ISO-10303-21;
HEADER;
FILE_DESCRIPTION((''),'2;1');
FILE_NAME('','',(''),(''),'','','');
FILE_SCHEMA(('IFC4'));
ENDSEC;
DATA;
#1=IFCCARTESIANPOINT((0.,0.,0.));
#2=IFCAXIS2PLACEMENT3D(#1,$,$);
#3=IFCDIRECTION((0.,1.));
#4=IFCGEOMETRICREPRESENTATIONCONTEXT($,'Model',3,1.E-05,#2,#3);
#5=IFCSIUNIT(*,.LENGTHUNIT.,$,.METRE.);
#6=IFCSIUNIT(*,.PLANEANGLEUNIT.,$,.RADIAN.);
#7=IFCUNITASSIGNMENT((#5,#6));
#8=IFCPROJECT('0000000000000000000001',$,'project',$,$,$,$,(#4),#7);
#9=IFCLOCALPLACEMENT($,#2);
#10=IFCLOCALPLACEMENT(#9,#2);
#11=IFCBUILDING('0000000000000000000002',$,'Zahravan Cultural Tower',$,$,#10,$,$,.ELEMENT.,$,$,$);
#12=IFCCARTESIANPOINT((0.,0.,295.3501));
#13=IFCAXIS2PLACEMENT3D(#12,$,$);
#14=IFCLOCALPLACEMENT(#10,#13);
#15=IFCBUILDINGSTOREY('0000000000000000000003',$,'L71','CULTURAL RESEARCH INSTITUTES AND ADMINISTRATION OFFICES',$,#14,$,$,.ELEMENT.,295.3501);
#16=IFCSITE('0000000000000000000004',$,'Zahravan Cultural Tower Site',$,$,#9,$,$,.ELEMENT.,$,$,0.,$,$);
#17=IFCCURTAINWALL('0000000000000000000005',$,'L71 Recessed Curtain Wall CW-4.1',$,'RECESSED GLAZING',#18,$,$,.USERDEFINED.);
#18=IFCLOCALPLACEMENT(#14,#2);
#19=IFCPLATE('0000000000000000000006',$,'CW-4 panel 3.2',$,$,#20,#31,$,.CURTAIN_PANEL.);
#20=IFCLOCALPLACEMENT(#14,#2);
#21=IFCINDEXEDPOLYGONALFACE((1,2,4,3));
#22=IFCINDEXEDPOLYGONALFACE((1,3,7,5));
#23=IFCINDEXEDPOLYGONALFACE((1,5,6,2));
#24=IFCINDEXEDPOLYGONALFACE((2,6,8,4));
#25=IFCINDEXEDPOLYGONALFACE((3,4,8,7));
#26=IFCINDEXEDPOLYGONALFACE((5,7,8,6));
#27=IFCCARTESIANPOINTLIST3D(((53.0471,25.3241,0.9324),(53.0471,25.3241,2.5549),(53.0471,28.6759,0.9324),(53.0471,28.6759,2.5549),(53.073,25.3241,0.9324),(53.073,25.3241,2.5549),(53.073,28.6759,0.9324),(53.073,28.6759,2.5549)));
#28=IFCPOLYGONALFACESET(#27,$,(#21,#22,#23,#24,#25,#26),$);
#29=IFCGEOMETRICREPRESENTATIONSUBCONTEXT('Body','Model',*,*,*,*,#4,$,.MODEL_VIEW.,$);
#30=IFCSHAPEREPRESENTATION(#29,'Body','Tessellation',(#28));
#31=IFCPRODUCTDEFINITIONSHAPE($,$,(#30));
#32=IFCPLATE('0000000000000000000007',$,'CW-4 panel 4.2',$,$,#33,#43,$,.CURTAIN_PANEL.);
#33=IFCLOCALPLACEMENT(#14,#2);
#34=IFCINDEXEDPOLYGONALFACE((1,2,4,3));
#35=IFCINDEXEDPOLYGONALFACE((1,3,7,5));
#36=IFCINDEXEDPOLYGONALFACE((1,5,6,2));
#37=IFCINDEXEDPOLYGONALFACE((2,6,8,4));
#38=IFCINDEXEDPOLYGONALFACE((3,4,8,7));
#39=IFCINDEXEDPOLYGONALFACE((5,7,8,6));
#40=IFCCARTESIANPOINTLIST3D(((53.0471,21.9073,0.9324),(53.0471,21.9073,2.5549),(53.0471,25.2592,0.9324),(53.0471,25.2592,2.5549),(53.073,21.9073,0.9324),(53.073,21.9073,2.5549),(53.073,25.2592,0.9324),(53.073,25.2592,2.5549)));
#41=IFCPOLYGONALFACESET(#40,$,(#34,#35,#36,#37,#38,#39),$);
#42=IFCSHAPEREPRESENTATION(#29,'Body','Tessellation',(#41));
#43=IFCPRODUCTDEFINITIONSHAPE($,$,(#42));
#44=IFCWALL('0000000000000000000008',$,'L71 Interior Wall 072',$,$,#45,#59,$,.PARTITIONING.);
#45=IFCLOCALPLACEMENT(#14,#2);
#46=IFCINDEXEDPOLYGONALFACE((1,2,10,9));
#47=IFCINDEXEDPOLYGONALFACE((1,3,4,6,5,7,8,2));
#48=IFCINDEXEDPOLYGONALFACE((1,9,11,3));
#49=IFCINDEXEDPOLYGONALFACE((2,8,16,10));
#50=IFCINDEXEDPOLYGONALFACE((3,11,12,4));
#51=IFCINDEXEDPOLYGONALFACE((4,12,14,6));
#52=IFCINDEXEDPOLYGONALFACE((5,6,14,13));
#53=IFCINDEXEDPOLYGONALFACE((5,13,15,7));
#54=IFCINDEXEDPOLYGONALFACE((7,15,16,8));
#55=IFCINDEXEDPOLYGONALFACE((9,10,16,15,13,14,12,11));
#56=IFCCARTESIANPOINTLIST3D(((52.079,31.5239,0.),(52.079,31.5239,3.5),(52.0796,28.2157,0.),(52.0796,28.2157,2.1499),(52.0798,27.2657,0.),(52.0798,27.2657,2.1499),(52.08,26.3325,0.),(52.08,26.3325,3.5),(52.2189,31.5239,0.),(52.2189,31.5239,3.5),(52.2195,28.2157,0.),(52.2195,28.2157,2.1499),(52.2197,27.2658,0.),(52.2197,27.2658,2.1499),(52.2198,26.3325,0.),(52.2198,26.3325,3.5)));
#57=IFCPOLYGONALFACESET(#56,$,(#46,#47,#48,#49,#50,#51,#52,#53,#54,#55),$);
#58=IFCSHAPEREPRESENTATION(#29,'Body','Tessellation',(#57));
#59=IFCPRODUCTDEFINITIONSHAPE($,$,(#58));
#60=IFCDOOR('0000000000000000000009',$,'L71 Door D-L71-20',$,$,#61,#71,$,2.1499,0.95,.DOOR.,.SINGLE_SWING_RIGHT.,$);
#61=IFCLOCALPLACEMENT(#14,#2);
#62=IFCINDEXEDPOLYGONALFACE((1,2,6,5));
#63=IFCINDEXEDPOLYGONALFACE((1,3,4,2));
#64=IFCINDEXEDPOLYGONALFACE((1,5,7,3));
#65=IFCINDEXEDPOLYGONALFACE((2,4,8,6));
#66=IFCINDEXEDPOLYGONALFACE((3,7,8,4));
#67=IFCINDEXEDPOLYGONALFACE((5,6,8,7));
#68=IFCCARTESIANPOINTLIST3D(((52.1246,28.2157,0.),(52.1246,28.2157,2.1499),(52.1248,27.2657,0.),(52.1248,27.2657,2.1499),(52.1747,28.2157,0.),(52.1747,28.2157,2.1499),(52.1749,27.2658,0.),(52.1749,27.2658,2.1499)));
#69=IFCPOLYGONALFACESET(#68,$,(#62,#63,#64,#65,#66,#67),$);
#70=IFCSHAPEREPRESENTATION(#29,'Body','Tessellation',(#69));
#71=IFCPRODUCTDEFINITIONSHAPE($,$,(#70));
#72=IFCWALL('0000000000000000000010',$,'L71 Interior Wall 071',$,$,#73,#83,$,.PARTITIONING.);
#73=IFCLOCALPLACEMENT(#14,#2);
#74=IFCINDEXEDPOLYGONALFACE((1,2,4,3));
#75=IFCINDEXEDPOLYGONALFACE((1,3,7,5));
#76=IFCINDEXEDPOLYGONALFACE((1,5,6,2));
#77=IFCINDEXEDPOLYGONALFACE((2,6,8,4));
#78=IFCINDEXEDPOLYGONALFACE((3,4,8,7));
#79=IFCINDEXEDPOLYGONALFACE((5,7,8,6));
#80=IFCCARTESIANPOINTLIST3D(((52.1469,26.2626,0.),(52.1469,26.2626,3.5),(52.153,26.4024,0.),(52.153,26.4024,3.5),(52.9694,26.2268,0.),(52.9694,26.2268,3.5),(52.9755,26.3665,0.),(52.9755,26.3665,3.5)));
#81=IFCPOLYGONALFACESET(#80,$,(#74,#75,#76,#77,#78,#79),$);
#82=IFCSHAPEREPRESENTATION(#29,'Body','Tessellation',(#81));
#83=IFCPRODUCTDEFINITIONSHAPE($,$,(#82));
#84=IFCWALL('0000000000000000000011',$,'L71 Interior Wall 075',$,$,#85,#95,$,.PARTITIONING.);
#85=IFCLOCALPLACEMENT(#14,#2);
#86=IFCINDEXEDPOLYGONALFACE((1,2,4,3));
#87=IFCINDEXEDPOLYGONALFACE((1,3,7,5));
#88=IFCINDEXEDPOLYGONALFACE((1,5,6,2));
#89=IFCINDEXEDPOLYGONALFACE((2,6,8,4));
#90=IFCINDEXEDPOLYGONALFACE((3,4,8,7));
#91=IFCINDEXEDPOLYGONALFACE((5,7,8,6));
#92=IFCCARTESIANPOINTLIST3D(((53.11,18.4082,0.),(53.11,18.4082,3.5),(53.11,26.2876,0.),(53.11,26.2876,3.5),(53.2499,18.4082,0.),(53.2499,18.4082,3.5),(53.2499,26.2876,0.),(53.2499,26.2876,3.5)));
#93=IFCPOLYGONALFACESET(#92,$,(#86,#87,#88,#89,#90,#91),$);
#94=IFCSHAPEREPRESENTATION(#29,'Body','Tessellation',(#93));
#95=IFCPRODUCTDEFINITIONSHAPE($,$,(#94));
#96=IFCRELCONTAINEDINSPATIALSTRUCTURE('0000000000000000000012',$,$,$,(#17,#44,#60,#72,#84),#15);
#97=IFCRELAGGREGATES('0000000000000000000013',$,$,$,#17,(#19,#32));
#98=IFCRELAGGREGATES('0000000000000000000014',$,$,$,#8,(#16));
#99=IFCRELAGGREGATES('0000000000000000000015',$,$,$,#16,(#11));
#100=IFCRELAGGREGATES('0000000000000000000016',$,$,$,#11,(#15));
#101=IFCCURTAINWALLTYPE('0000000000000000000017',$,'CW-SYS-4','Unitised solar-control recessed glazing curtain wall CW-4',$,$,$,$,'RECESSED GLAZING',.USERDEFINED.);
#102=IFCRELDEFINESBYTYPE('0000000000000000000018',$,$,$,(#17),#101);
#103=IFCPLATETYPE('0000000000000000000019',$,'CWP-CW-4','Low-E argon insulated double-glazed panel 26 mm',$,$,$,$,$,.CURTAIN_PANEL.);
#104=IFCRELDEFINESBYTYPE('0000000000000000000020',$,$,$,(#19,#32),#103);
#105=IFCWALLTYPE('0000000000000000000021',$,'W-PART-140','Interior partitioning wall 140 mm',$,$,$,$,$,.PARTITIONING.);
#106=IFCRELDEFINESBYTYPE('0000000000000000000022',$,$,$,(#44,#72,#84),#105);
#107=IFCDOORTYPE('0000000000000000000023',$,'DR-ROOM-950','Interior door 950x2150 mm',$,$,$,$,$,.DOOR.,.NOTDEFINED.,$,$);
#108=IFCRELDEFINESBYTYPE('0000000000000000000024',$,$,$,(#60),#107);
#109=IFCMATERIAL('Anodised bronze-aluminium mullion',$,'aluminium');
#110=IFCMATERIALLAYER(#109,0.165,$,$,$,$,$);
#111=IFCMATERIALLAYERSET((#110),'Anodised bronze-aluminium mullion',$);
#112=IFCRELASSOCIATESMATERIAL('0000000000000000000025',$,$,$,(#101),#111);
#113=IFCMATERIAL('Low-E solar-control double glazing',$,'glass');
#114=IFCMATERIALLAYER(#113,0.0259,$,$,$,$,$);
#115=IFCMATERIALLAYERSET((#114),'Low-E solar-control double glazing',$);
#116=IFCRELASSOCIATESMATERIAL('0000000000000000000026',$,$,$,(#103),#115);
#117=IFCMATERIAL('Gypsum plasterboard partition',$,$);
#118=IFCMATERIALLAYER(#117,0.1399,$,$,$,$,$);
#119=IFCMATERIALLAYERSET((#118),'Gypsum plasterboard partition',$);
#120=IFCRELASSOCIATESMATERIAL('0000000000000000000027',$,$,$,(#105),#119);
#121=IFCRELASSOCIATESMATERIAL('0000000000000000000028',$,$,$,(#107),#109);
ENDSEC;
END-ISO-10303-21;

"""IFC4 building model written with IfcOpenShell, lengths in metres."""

from ifc_helpers import new_model, si_unit, direction, frame, frame_2d, origin, origin_2d, place, context, subcontext, project, spatial, rectangle, extrude, source, transform, mapped, material, layer, layer_set, type_object, element, fill, aggregate, save


model = new_model("IFC4")

# Units and contexts
model_context = context("Model", 3, precision=1e-05, world=origin(), true_north=direction((0.0, 1.0)))
body_context = subcontext(model_context, "Body", "Model", "MODEL_VIEW")
ifc_project = project(units=[si_unit("LENGTHUNIT", "METRE"), si_unit("PLANEANGLEUNIT", "RADIAN")], contexts=[model_context])

# Site, building, storey
site_placement = place(None, origin())
site = spatial("IfcSite", under=ifc_project, at=site_placement, Name="Zahravan Cultural Tower Site", CompositionType="ELEMENT", RefElevation=0.0)
building_placement = place(site_placement, origin())
building = spatial("IfcBuilding", under=site, at=building_placement, Name="Zahravan Cultural Tower", CompositionType="ELEMENT")
storey_placement = place(building_placement, frame((0.0, 0.0, 295.3501)))
storey = spatial("IfcBuildingStorey", under=building, at=storey_placement, Name="L71", Description="CULTURAL RESEARCH INSTITUTES AND ADMINISTRATION OFFICES", CompositionType="ELEMENT", Elevation=295.3501)

# Curtain wall, plates
ifc_material_1 = material(Name="Anodised bronze-aluminium mullion", Category="aluminium")
ifc_layer_1 = layer(ifc_material_1, 0.165)
ifc_layer_set_1 = layer_set([ifc_layer_1], Name="Anodised bronze-aluminium mullion")
curtain_wall_type = type_object("IfcCurtainWallType", Name="CW-SYS-4", Description="Unitised solar-control recessed glazing curtain wall CW-4", ElementType="RECESSED GLAZING", PredefinedType="USERDEFINED", material=ifc_layer_set_1)
curtain_wall_placement = place(storey_placement, origin())
curtain_wall = element("IfcCurtainWall", 1, at=curtain_wall_placement, inside=storey, type_object=curtain_wall_type, Name="L71 Recessed Curtain Wall CW-4.1", ObjectType="RECESSED GLAZING", PredefinedType="USERDEFINED")
ifc_material_2 = material(Name="Low-E solar-control double glazing", Category="glass")
ifc_layer_2 = layer(ifc_material_2, 0.0259)
ifc_layer_set_2 = layer_set([ifc_layer_2], Name="Low-E solar-control double glazing")
plate_type = type_object("IfcPlateType", Name="CWP-CW-4", Description="Low-E argon insulated double-glazed panel 26 mm", PredefinedType="CURTAIN_PANEL", material=ifc_layer_set_2)
shared_shape_1 = source(origin(), body_context, "Body", "SweptSolid", [
    extrude(rectangle(XDim=3.3518, YDim=0.0259, at=origin_2d()), origin(), (0.0, 0.0, 1.0), 1.6226),
])
plate_1_placement = place(storey_placement, frame((53.0601, 27.0, 0.9324), z_axis=(0.0, 0.0, 1.0), x_axis=(0.0, -1.0, 0.0)))
plate_1 = element("IfcPlate", 2, at=plate_1_placement, type_object=plate_type, Name="CW-4 panel 3.2", PredefinedType="CURTAIN_PANEL", context=body_context, shape_type="MappedRepresentation", body=[
    mapped(shared_shape_1, transform((0.0, 0.0, 0.0), x_axis=(1.0, 0.0, 0.0), y_axis=(0.0, 1.0, 0.0), z_axis=(0.0, 0.0, 1.0), scale=1.0)),
])
plate_2_placement = place(storey_placement, frame((53.0601, 23.5833, 0.9324), z_axis=(0.0, 0.0, 1.0), x_axis=(0.0, -1.0, 0.0)))
plate_2 = element("IfcPlate", 3, at=plate_2_placement, type_object=plate_type, Name="CW-4 panel 4.2", PredefinedType="CURTAIN_PANEL", context=body_context, shape_type="MappedRepresentation", body=[
    mapped(shared_shape_1, transform((0.0, 0.0, 0.0), x_axis=(1.0, 0.0, 0.0), y_axis=(0.0, 1.0, 0.0), z_axis=(0.0, 0.0, 1.0), scale=1.0)),
])
aggregate(curtain_wall, [plate_1, plate_2])

# Wall, opening, door
ifc_material_3 = material(Name="Gypsum plasterboard partition")
ifc_layer_3 = layer(ifc_material_3, 0.1399)
ifc_layer_set_3 = layer_set([ifc_layer_3], Name="Gypsum plasterboard partition")
wall_type = type_object("IfcWallType", Name="W-PART-140", Description="Interior partitioning wall 140 mm", PredefinedType="PARTITIONING", material=ifc_layer_set_3)
wall_1_placement = place(storey_placement, frame((52.1499, 26.3325, 0.0), z_axis=(0.0, 0.0, 1.0), x_axis=(-0.000188, 1.0, 0.0)))
wall_1 = element("IfcWall", 4, at=wall_1_placement, inside=storey, type_object=wall_type, Name="L71 Interior Wall 072", PredefinedType="PARTITIONING", context=body_context, shape_type="SweptSolid", body=[
    extrude(rectangle(XDim=5.1914, YDim=0.1399, at=frame_2d((2.5957, 0.0))), origin(), (0.0, 0.0, 1.0), 3.5),
])
opening_placement = place(wall_1_placement, frame((0.9331, 0.0, 0.0)))
opening = element("IfcOpeningElement", 5, at=opening_placement, cuts=wall_1, PredefinedType="OPENING", context=body_context, shape_type="SweptSolid", body=[
    extrude(rectangle(XDim=0.95, YDim=2.1499, at=frame_2d((0.4751, 1.075))), frame((0.0, 0.0798, 0.0), z_axis=(0.0, -1.0, 0.0), x_axis=(1.0, 0.0, 0.0)), (0.0, 0.0, 1.0), 0.1599),
])
door_type = type_object("IfcDoorType", Name="DR-ROOM-950", Description="Interior door 950x2150 mm", OperationType="NOTDEFINED", PredefinedType="DOOR", material=ifc_material_1)
shared_shape_2 = source(origin(), body_context, "Body", "SweptSolid", [
    extrude(rectangle(XDim=0.95, YDim=2.1499, at=frame_2d((0.4751, 1.075))), frame((0.0, 0.0249, 0.0), z_axis=(0.0, -1.0, 0.0), x_axis=(1.0, 0.0, 0.0)), (0.0, 0.0, 1.0), 0.05),
])
door_placement = place(opening_placement, origin())
door = element("IfcDoor", 6, at=door_placement, inside=storey, type_object=door_type, Name="L71 Door D-L71-20", OperationType="SINGLE_SWING_RIGHT", OverallHeight=2.1499, OverallWidth=0.95, PredefinedType="DOOR", context=body_context, shape_type="MappedRepresentation", body=[
    mapped(shared_shape_2, transform((0.0, 0.0, 0.0), x_axis=(1.0, 0.0, 0.0), y_axis=(0.0, 1.0, 0.0), z_axis=(0.0, 0.0, 1.0), scale=1.0)),
])
fill(opening, door)

# Walls
shared_shape_3 = source(origin(), body_context, "Body", "SweptSolid", [
    extrude(rectangle(XDim=0.8232, YDim=0.1399, at=frame_2d((0.4116, 0.0))), origin(), (0.0, 0.0, 1.0), 3.5),
])
wall_2_placement = place(storey_placement, frame((52.9724, 26.2966, 0.0), z_axis=(0.0, 0.0, 1.0), x_axis=(-0.999049, 0.043592, 0.0)))
element("IfcWall", 7, at=wall_2_placement, inside=storey, type_object=wall_type, Name="L71 Interior Wall 071", PredefinedType="PARTITIONING", context=body_context, shape_type="MappedRepresentation", body=[
    mapped(shared_shape_3, transform((0.0, 0.0, 0.0), x_axis=(1.0, 0.0, 0.0), y_axis=(0.0, 1.0, 0.0), z_axis=(0.0, 0.0, 1.0), scale=1.0)),
])
shared_shape_4 = source(origin(), body_context, "Body", "SweptSolid", [
    extrude(rectangle(XDim=7.8794, YDim=0.1399, at=frame_2d((3.9397, 0.0))), origin(), (0.0, 0.0, 1.0), 3.5),
])
wall_3_placement = place(storey_placement, frame((53.1799, 26.2876, 0.0), z_axis=(0.0, 0.0, 1.0), x_axis=(0.0, -1.0, 0.0)))
element("IfcWall", 8, at=wall_3_placement, inside=storey, type_object=wall_type, Name="L71 Interior Wall 075", PredefinedType="PARTITIONING", context=body_context, shape_type="MappedRepresentation", body=[
    mapped(shared_shape_4, transform((0.0, 0.0, 0.0), x_axis=(1.0, 0.0, 0.0), y_axis=(0.0, 1.0, 0.0), z_axis=(0.0, 0.0, 1.0), scale=1.0)),
])

save(model, "model.ifc")
